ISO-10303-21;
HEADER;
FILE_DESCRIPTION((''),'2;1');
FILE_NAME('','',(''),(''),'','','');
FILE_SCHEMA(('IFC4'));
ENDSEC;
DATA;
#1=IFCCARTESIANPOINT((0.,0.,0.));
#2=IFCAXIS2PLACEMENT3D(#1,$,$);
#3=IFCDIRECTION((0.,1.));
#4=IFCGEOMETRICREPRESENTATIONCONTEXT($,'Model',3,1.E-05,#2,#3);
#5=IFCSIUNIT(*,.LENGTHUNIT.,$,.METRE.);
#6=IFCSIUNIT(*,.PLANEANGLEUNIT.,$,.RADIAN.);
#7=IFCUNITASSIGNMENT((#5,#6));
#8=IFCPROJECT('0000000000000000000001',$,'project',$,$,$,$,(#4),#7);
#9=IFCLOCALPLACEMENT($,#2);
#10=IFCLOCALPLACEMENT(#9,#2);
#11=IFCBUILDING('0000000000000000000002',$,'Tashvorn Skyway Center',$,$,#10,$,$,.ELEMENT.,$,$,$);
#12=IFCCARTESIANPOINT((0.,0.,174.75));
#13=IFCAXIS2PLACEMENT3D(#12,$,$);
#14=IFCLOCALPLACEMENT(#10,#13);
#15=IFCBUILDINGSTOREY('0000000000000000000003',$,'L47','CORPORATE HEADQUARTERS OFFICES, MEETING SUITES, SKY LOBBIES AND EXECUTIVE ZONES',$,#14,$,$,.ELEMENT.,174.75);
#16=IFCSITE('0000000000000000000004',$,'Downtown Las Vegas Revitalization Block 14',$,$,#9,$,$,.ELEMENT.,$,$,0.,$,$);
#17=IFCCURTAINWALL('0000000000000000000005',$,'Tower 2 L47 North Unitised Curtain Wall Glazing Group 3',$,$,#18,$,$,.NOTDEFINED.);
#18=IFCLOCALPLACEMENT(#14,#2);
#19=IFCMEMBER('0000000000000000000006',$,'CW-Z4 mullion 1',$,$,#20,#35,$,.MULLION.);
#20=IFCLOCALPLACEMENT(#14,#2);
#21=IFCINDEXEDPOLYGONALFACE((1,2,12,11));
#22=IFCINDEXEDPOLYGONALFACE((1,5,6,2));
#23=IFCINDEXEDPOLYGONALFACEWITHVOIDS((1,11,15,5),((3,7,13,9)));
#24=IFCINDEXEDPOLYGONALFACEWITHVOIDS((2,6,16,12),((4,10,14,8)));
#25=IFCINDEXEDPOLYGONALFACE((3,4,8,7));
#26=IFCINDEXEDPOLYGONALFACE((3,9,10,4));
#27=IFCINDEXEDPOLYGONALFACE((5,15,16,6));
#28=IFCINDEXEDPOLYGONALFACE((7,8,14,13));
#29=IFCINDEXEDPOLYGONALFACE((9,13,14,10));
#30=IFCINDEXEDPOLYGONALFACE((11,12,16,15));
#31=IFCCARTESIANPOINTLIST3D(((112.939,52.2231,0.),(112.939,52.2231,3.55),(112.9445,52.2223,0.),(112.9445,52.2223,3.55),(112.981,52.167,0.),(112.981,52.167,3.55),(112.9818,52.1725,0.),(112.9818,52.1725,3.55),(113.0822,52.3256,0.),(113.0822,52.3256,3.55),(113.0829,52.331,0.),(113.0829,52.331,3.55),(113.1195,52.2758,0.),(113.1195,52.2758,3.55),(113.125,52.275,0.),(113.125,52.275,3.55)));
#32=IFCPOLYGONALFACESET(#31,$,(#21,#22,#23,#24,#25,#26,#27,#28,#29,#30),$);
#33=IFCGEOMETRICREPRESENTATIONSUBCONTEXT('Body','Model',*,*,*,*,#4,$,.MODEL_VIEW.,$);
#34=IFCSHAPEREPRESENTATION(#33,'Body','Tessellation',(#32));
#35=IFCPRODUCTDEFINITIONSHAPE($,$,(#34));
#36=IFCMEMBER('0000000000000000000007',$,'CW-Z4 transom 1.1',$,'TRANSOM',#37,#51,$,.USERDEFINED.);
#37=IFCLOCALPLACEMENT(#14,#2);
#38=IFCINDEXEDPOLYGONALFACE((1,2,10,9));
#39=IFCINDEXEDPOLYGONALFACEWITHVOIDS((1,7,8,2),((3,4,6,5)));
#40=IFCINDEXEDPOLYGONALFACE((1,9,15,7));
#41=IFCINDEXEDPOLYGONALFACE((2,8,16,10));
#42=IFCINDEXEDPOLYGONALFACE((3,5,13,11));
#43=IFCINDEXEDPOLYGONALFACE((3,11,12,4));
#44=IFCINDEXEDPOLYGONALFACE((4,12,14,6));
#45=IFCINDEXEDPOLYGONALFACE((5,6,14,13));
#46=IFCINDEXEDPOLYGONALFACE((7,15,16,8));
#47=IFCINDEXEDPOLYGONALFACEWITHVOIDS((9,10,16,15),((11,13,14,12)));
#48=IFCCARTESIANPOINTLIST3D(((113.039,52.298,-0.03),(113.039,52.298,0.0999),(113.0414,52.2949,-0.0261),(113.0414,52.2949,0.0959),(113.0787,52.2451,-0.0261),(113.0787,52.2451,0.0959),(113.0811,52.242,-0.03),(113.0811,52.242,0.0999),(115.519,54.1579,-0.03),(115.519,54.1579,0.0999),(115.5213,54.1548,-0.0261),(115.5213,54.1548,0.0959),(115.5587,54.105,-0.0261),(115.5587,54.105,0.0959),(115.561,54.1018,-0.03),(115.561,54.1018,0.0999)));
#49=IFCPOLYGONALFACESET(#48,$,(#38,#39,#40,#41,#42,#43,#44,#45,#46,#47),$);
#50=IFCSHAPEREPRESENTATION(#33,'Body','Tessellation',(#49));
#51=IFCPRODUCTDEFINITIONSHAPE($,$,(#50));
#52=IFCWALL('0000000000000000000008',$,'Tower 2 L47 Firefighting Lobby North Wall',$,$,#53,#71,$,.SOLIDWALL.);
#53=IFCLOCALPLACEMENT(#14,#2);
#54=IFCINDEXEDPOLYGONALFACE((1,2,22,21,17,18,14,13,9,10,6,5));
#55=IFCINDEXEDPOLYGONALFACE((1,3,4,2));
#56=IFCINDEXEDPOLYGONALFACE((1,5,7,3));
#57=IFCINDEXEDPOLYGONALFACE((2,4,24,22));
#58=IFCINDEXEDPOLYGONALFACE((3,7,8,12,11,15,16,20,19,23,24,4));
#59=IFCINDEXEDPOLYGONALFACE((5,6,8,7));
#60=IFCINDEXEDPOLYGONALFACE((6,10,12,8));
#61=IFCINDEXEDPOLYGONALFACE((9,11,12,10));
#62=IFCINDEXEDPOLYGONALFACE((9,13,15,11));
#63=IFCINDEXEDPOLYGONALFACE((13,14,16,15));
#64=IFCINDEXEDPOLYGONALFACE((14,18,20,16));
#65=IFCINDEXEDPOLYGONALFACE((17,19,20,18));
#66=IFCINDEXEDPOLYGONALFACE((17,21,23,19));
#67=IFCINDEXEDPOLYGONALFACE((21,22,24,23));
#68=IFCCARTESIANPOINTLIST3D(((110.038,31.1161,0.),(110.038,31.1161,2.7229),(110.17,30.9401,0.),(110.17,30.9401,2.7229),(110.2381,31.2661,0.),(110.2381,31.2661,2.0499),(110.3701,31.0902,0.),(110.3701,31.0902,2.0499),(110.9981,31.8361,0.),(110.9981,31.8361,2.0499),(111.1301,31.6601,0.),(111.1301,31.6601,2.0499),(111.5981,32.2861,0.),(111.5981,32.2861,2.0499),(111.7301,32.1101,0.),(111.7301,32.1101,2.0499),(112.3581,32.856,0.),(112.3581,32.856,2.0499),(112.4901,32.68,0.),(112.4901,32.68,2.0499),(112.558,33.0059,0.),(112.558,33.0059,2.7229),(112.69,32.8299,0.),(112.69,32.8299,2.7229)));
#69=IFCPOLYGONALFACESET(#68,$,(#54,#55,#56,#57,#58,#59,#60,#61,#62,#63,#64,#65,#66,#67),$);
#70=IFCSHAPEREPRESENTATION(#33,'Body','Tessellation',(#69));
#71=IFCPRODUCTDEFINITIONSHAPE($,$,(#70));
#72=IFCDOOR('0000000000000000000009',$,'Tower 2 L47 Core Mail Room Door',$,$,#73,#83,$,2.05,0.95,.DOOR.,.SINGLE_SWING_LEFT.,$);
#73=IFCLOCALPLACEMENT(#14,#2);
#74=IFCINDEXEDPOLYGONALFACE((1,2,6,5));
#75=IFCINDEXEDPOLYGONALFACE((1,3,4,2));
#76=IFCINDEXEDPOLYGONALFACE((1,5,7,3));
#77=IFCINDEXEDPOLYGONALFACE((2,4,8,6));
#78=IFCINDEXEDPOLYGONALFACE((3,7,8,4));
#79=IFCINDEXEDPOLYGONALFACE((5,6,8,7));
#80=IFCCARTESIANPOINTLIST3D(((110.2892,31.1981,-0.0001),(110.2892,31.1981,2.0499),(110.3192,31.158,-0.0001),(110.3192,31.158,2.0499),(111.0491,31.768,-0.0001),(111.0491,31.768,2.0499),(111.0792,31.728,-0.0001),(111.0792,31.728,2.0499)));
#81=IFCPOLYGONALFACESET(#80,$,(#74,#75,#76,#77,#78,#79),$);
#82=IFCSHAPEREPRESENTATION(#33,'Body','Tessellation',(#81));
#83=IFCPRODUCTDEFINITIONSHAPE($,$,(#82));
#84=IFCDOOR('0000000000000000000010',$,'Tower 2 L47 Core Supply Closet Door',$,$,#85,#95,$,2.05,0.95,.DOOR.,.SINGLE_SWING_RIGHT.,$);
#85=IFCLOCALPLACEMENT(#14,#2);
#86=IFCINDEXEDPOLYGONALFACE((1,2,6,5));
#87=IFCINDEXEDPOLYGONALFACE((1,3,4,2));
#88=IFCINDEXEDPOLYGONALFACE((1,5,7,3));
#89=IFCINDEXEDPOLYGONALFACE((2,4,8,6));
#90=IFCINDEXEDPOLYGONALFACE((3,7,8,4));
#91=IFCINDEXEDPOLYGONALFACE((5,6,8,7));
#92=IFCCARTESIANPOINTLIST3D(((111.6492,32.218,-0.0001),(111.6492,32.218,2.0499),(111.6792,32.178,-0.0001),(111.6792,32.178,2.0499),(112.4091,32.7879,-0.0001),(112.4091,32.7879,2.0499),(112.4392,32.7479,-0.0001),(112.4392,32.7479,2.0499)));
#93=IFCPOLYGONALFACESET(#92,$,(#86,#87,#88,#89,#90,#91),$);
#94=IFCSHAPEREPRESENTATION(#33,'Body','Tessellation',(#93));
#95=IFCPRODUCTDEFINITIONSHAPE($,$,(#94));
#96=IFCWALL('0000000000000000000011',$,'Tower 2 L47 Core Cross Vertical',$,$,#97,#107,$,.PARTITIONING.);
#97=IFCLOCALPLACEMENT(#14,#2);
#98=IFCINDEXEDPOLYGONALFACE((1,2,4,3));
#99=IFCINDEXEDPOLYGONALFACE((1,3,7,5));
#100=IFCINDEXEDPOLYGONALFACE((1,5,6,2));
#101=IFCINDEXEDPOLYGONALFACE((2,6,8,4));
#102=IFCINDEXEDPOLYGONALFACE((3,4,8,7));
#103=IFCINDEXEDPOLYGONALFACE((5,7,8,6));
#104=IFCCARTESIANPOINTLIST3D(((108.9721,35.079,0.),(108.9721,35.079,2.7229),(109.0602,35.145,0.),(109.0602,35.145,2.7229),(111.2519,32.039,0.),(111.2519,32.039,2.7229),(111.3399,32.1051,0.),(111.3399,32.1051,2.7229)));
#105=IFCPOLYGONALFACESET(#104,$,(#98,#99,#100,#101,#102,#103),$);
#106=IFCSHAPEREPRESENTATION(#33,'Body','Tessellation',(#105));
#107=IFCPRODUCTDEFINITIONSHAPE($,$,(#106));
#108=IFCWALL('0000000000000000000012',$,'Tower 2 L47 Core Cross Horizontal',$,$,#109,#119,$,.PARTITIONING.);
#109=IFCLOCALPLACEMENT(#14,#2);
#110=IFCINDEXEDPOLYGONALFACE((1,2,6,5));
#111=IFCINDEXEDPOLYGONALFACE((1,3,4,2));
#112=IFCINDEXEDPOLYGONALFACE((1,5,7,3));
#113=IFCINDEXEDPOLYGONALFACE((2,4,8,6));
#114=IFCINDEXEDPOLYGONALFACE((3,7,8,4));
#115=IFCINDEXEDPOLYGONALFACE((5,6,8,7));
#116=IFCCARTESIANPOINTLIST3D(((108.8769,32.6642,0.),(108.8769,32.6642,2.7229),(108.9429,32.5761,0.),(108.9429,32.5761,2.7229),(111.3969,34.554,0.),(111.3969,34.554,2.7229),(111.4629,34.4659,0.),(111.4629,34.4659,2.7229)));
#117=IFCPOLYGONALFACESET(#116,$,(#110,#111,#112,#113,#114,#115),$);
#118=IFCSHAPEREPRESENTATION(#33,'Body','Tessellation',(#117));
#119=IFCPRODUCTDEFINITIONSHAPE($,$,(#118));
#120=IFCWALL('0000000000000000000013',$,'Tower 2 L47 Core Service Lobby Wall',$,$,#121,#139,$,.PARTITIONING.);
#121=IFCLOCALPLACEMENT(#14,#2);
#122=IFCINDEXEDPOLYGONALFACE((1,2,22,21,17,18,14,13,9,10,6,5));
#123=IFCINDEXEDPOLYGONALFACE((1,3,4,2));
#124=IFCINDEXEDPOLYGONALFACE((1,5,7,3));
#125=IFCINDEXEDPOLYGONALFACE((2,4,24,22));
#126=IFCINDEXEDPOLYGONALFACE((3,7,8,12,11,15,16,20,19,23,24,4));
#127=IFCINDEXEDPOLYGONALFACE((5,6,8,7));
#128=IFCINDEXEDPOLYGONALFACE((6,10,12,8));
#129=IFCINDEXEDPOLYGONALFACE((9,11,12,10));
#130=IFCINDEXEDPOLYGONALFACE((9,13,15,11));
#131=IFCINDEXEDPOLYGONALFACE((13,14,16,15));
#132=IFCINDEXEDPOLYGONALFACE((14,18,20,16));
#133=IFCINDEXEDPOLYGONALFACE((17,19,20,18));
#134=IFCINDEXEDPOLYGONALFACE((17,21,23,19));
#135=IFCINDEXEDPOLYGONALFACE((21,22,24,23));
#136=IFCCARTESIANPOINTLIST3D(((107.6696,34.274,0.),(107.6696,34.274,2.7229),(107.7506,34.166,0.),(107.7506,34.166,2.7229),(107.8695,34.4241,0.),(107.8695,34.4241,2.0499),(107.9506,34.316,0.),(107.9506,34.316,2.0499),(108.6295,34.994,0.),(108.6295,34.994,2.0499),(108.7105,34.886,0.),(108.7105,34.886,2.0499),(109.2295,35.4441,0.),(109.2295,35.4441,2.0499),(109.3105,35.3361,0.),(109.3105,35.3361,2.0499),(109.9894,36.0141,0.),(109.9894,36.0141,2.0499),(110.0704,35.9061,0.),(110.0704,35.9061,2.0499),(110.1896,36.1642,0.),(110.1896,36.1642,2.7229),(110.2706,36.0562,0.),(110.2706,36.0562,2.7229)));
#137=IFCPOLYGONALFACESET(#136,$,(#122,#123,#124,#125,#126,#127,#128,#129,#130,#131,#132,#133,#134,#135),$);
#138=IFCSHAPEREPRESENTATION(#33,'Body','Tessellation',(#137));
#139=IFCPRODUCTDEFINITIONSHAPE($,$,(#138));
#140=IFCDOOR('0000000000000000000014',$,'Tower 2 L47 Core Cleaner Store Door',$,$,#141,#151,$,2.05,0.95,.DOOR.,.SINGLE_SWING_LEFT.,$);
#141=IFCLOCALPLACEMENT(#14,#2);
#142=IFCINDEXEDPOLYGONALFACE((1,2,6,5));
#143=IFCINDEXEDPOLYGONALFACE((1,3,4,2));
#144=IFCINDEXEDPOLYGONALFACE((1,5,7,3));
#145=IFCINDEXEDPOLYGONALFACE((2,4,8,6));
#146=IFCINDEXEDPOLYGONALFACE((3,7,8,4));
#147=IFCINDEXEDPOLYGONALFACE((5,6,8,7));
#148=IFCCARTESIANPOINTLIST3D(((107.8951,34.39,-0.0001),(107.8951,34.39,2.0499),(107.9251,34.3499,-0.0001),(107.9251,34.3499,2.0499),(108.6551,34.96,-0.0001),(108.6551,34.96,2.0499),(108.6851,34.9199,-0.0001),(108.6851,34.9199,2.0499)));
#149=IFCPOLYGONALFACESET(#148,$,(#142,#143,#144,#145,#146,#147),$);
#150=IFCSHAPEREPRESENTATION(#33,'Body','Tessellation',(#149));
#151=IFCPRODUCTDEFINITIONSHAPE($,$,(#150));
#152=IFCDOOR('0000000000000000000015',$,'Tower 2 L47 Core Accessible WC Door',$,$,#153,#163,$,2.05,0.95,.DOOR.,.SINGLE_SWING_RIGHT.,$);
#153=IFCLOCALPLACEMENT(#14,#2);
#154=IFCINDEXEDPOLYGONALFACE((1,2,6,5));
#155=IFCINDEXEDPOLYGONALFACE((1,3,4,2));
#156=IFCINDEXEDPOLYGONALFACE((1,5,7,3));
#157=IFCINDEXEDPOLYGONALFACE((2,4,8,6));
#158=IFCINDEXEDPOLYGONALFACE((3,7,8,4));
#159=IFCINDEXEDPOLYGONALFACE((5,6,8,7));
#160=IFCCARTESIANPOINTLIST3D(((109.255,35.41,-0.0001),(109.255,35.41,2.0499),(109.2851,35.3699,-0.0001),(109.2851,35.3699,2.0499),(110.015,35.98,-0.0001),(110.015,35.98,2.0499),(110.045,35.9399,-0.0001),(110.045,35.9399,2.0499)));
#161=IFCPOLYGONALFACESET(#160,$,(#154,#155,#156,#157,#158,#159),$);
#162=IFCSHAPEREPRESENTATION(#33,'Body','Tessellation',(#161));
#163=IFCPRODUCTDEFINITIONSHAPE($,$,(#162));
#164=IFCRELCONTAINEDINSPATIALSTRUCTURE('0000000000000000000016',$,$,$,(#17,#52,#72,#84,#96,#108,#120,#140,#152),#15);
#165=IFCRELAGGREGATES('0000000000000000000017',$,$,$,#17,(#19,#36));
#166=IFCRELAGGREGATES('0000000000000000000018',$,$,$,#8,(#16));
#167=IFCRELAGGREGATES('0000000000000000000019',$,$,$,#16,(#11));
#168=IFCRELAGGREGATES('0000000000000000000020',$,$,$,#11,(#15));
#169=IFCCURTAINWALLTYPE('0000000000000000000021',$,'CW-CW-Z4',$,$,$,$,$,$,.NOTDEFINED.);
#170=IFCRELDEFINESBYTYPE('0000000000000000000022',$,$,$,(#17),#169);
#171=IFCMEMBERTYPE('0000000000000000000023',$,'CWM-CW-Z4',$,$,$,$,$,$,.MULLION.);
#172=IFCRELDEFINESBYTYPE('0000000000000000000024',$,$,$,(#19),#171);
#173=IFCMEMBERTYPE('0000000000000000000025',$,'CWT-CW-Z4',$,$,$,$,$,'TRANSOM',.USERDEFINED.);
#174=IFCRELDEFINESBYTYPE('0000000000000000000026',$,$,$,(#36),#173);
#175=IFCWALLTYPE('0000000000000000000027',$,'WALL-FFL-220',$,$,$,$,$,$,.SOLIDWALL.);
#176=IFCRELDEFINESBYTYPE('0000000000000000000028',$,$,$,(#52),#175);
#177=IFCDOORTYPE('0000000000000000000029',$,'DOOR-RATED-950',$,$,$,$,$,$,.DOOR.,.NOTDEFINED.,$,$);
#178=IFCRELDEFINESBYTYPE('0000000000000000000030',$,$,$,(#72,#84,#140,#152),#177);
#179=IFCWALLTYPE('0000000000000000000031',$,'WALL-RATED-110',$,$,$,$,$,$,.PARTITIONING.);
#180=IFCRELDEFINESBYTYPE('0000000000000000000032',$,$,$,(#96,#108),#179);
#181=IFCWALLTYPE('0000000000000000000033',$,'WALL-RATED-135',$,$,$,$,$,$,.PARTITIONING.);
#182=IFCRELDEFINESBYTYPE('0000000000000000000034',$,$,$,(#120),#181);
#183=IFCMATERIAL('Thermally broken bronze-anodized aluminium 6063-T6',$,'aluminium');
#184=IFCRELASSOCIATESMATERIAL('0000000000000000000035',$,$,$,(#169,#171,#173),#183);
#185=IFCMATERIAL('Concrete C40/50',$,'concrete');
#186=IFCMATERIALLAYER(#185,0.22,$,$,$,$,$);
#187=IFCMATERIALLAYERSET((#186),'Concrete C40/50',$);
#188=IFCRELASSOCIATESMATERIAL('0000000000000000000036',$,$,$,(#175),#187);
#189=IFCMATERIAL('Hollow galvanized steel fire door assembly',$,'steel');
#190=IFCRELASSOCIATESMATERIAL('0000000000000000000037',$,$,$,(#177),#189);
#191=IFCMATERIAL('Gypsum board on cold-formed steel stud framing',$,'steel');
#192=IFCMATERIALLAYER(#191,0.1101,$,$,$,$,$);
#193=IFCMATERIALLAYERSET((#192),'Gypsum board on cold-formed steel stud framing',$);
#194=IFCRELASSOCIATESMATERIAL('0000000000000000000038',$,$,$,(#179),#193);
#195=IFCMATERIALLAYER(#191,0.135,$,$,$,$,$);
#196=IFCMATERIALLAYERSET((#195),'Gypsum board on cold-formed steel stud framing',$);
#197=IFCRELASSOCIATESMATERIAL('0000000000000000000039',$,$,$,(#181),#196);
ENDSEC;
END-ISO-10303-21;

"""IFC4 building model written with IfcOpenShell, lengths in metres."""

from ifc_helpers import new_model, si_unit, direction, frame, frame_2d, origin, origin_2d, place, context, subcontext, project, spatial, rectangle, hollow_rectangle, extrude, material, layer, layer_set, material_profile, profile_set, type_object, element, fill, aggregate, save


model = new_model("IFC4")

# Units and contexts
model_context = context("Model", 3, precision=1e-05, world=origin(), true_north=direction((0.0, 1.0)))
body_context = subcontext(model_context, "Body", "Model", "MODEL_VIEW")
ifc_project = project(units=[si_unit("LENGTHUNIT", "METRE"), si_unit("PLANEANGLEUNIT", "RADIAN")], contexts=[model_context])

# Site, building, storey
site_placement = place(None, origin())
site = spatial("IfcSite", under=ifc_project, at=site_placement, Name="Downtown Las Vegas Revitalization Block 14", CompositionType="ELEMENT", RefElevation=0.0)
building_placement = place(site_placement, origin())
building = spatial("IfcBuilding", under=site, at=building_placement, Name="Tashvorn Skyway Center", CompositionType="ELEMENT")
storey_placement = place(building_placement, frame((0.0, 0.0, 174.75)))
storey = spatial("IfcBuildingStorey", under=building, at=storey_placement, Name="L47", Description="CORPORATE HEADQUARTERS OFFICES, MEETING SUITES, SKY LOBBIES AND EXECUTIVE ZONES", CompositionType="ELEMENT", Elevation=174.75)

# Shared definitions
ifc_material_1 = material(Name="Thermally broken bronze-anodized aluminium 6063-T6", Category="aluminium")
curtain_wall_type = type_object("IfcCurtainWallType", Name="CW-CW-Z4", PredefinedType="NOTDEFINED", material=ifc_material_1)
ifc_material_profile_1 = material_profile(ifc_material_1, hollow_rectangle(XDim=0.0701, YDim=0.1799, WallThickness=0.0039, at=origin_2d()), Name="ALU-MULL-70x180")
ifc_profile_set_1 = profile_set([ifc_material_profile_1], Name="Thermally broken bronze-anodized aluminium 6063-T6")
member_type_1 = type_object("IfcMemberType", Name="CWM-CW-Z4", PredefinedType="MULLION", material=ifc_profile_set_1)

# Curtain wall, members
curtain_wall_1_placement = place(storey_placement, origin())
curtain_wall_1 = element("IfcCurtainWall", 1, at=curtain_wall_1_placement, inside=storey, type_object=curtain_wall_type, Name="Tower 2 L47 North Unitised Curtain Wall Glazing Group 3", PredefinedType="NOTDEFINED")
member_1_placement = place(storey_placement, frame((113.032, 52.249, 0.0), z_axis=(0.0, 0.0, 1.0), x_axis=(-0.6, 0.8, 0.0)))
member_1 = element("IfcMember", 2, at=member_1_placement, type_object=member_type_1, Name="CW-Z4 mullion 1", PredefinedType="MULLION", context=body_context, shape_type="SweptSolid", body=[
    extrude(hollow_rectangle(XDim=0.0701, YDim=0.1799, WallThickness=0.0039, at=origin_2d()), origin(), (0.0, 0.0, 1.0), 3.55),
])
ifc_material_profile_2 = material_profile(ifc_material_1, hollow_rectangle(XDim=0.0701, YDim=0.1299, WallThickness=0.0039, at=origin_2d()), Name="ALU-TRAN-70x130")
ifc_profile_set_2 = profile_set([ifc_material_profile_2], Name="Thermally broken bronze-anodized aluminium 6063-T6")
member_type_2 = type_object("IfcMemberType", Name="CWT-CW-Z4", ElementType="TRANSOM", PredefinedType="USERDEFINED", material=ifc_profile_set_2)
member_2_placement = place(storey_placement, frame((113.0601, 52.27, 0.0349), z_axis=(0.800019, 0.599975, 0.0), x_axis=(-0.599975, 0.800019, 0.0)))
member_2 = element("IfcMember", 3, at=member_2_placement, type_object=member_type_2, Name="CW-Z4 transom 1.1", ObjectType="TRANSOM", PredefinedType="USERDEFINED", context=body_context, shape_type="SweptSolid", body=[
    extrude(hollow_rectangle(XDim=0.0701, YDim=0.1299, WallThickness=0.0039, at=origin_2d()), origin(), (0.0, 0.0, 1.0), 3.0999),
])
aggregate(curtain_wall_1, [member_1, member_2])

# Wall, openings, doors
ifc_material_2 = material(Name="Concrete C40/50", Category="concrete")
ifc_layer_1 = layer(ifc_material_2, 0.22)
ifc_layer_set_1 = layer_set([ifc_layer_1], Name="Concrete C40/50")
wall_type_1 = type_object("IfcWallType", Name="WALL-FFL-220", PredefinedType="SOLIDWALL", material=ifc_layer_set_1)
wall_1_placement = place(storey_placement, frame((110.104, 31.0281, 0.0), z_axis=(0.0, 0.0, 1.0), x_axis=(0.800019, 0.599975, 0.0)))
wall_1 = element("IfcWall", 4, at=wall_1_placement, inside=storey, type_object=wall_type_1, Name="Tower 2 L47 Firefighting Lobby North Wall", PredefinedType="SOLIDWALL", context=body_context, shape_type="SweptSolid", body=[
    extrude(rectangle(XDim=3.1499, YDim=0.22, at=frame_2d((1.575, 0.0))), origin(), (0.0, 0.0, 1.0), 2.7229),
])
opening_1_placement = place(wall_1_placement, frame((0.25, 0.0, 0.0)))
opening_1 = element("IfcOpeningElement", 5, at=opening_1_placement, cuts=wall_1, PredefinedType="OPENING", context=body_context, shape_type="SweptSolid", body=[
    extrude(rectangle(XDim=0.95, YDim=2.05, at=frame_2d((0.4751, 1.0249))), frame((0.0, 0.1199, 0.0), z_axis=(0.0, -1.0, 0.0), x_axis=(1.0, 0.0, 0.0)), (0.0, 0.0, 1.0), 0.24),
])
opening_2_placement = place(wall_1_placement, frame((1.95, 0.0, 0.0)))
opening_2 = element("IfcOpeningElement", 6, at=opening_2_placement, cuts=wall_1, PredefinedType="OPENING", context=body_context, shape_type="SweptSolid", body=[
    extrude(rectangle(XDim=0.95, YDim=2.05, at=frame_2d((0.4751, 1.0249))), frame((0.0, 0.1199, 0.0), z_axis=(0.0, -1.0, 0.0), x_axis=(1.0, 0.0, 0.0)), (0.0, 0.0, 1.0), 0.24),
])
ifc_material_3 = material(Name="Hollow galvanized steel fire door assembly", Category="steel")
door_type_1 = type_object("IfcDoorType", Name="DOOR-RATED-950", OperationType="NOTDEFINED", PredefinedType="DOOR", material=ifc_material_3)
door_1_placement = place(opening_1_placement, origin())
door_1 = element("IfcDoor", 7, at=door_1_placement, inside=storey, type_object=door_type_1, Name="Tower 2 L47 Core Mail Room Door", OperationType="SINGLE_SWING_LEFT", OverallHeight=2.05, OverallWidth=0.95, PredefinedType="DOOR", context=body_context, shape_type="SweptSolid", body=[
    extrude(rectangle(XDim=0.95, YDim=2.05, at=frame_2d((0.4751, 1.0249))), frame((0.0, 0.0249, 0.0), z_axis=(0.0, -1.0, 0.0), x_axis=(1.0, 0.0, 0.0)), (0.0, 0.0, 1.0), 0.05),
])
fill(opening_1, door_1)
door_2_placement = place(opening_2_placement, origin())
door_2 = element("IfcDoor", 8, at=door_2_placement, inside=storey, type_object=door_type_1, Name="Tower 2 L47 Core Supply Closet Door", OperationType="SINGLE_SWING_RIGHT", OverallHeight=2.05, OverallWidth=0.95, PredefinedType="DOOR", context=body_context, shape_type="SweptSolid", body=[
    extrude(rectangle(XDim=0.95, YDim=2.05, at=frame_2d((0.4751, 1.0249))), frame((0.0, 0.0249, 0.0), z_axis=(0.0, -1.0, 0.0), x_axis=(1.0, 0.0, 0.0)), (0.0, 0.0, 1.0), 0.05),
])
fill(opening_2, door_2)

# Walls
ifc_material_4 = material(Name="Gypsum board on cold-formed steel stud framing", Category="steel")
ifc_layer_2 = layer(ifc_material_4, 0.1101)
ifc_layer_set_2 = layer_set([ifc_layer_2], Name="Gypsum board on cold-formed steel stud framing")
wall_type_2 = type_object("IfcWallType", Name="WALL-RATED-110", PredefinedType="PARTITIONING", material=ifc_layer_set_2)
wall_2_placement = place(storey_placement, frame((111.2959, 32.072, 0.0), z_axis=(0.0, 0.0, 1.0), x_axis=(-0.599959, 0.800031, 0.0)))
element("IfcWall", 9, at=wall_2_placement, inside=storey, type_object=wall_type_2, Name="Tower 2 L47 Core Cross Vertical", PredefinedType="PARTITIONING", context=body_context, shape_type="SweptSolid", body=[
    extrude(rectangle(XDim=3.7998, YDim=0.1101, at=frame_2d((1.8999, 0.0))), origin(), (0.0, 0.0, 1.0), 2.7229),
])
wall_3_placement = place(storey_placement, frame((108.9099, 32.6201, 0.0), z_axis=(0.0, 0.0, 1.0), x_axis=(0.800019, 0.599975, 0.0)))
element("IfcWall", 10, at=wall_3_placement, inside=storey, type_object=wall_type_2, Name="Tower 2 L47 Core Cross Horizontal", PredefinedType="PARTITIONING", context=body_context, shape_type="SweptSolid", body=[
    extrude(rectangle(XDim=3.1499, YDim=0.1101, at=frame_2d((1.575, 0.0))), origin(), (0.0, 0.0, 1.0), 2.7229),
])

# Wall, openings, doors
ifc_layer_3 = layer(ifc_material_4, 0.135)
ifc_layer_set_3 = layer_set([ifc_layer_3], Name="Gypsum board on cold-formed steel stud framing")
wall_type_3 = type_object("IfcWallType", Name="WALL-RATED-135", PredefinedType="PARTITIONING", material=ifc_layer_set_3)
wall_4_placement = place(storey_placement, frame((107.71, 34.22, 0.0), z_axis=(0.0, 0.0, 1.0), x_axis=(0.799981, 0.600025, 0.0)))
wall_4 = element("IfcWall", 11, at=wall_4_placement, inside=storey, type_object=wall_type_3, Name="Tower 2 L47 Core Service Lobby Wall", PredefinedType="PARTITIONING", context=body_context, shape_type="SweptSolid", body=[
    extrude(rectangle(XDim=3.1501, YDim=0.135, at=frame_2d((1.5752, 0.0))), origin(), (0.0, 0.0, 1.0), 2.7229),
])
opening_3_placement = place(wall_4_placement, frame((0.25, 0.0, 0.0)))
opening_3 = element("IfcOpeningElement", 12, at=opening_3_placement, cuts=wall_4, PredefinedType="OPENING", context=body_context, shape_type="SweptSolid", body=[
    extrude(rectangle(XDim=0.95, YDim=2.05, at=frame_2d((0.4751, 1.0249))), frame((0.0, 0.0774, 0.0), z_axis=(0.0, -1.0, 0.0), x_axis=(1.0, 0.0, 0.0)), (0.0, 0.0, 1.0), 0.155),
])
opening_4_placement = place(wall_4_placement, frame((1.95, 0.0, 0.0)))
opening_4 = element("IfcOpeningElement", 13, at=opening_4_placement, cuts=wall_4, PredefinedType="OPENING", context=body_context, shape_type="SweptSolid", body=[
    extrude(rectangle(XDim=0.95, YDim=2.05, at=frame_2d((0.4751, 1.0249))), frame((0.0, 0.0774, 0.0), z_axis=(0.0, -1.0, 0.0), x_axis=(1.0, 0.0, 0.0)), (0.0, 0.0, 1.0), 0.155),
])
door_3_placement = place(opening_3_placement, origin())
door_3 = element("IfcDoor", 14, at=door_3_placement, inside=storey, type_object=door_type_1, Name="Tower 2 L47 Core Cleaner Store Door", OperationType="SINGLE_SWING_LEFT", OverallHeight=2.05, OverallWidth=0.95, PredefinedType="DOOR", context=body_context, shape_type="SweptSolid", body=[
    extrude(rectangle(XDim=0.95, YDim=2.05, at=frame_2d((0.4751, 1.0249))), frame((0.0, 0.0249, 0.0), z_axis=(0.0, -1.0, 0.0), x_axis=(1.0, 0.0, 0.0)), (0.0, 0.0, 1.0), 0.05),
])
fill(opening_3, door_3)
door_4_placement = place(opening_4_placement, origin())
door_4 = element("IfcDoor", 15, at=door_4_placement, inside=storey, type_object=door_type_1, Name="Tower 2 L47 Core Accessible WC Door", OperationType="SINGLE_SWING_RIGHT", OverallHeight=2.05, OverallWidth=0.95, PredefinedType="DOOR", context=body_context, shape_type="SweptSolid", body=[
    extrude(rectangle(XDim=0.95, YDim=2.05, at=frame_2d((0.4751, 1.0249))), frame((0.0, 0.0249, 0.0), z_axis=(0.0, -1.0, 0.0), x_axis=(1.0, 0.0, 0.0)), (0.0, 0.0, 1.0), 0.05),
])
fill(opening_4, door_4)

save(model, "model.ifc")
